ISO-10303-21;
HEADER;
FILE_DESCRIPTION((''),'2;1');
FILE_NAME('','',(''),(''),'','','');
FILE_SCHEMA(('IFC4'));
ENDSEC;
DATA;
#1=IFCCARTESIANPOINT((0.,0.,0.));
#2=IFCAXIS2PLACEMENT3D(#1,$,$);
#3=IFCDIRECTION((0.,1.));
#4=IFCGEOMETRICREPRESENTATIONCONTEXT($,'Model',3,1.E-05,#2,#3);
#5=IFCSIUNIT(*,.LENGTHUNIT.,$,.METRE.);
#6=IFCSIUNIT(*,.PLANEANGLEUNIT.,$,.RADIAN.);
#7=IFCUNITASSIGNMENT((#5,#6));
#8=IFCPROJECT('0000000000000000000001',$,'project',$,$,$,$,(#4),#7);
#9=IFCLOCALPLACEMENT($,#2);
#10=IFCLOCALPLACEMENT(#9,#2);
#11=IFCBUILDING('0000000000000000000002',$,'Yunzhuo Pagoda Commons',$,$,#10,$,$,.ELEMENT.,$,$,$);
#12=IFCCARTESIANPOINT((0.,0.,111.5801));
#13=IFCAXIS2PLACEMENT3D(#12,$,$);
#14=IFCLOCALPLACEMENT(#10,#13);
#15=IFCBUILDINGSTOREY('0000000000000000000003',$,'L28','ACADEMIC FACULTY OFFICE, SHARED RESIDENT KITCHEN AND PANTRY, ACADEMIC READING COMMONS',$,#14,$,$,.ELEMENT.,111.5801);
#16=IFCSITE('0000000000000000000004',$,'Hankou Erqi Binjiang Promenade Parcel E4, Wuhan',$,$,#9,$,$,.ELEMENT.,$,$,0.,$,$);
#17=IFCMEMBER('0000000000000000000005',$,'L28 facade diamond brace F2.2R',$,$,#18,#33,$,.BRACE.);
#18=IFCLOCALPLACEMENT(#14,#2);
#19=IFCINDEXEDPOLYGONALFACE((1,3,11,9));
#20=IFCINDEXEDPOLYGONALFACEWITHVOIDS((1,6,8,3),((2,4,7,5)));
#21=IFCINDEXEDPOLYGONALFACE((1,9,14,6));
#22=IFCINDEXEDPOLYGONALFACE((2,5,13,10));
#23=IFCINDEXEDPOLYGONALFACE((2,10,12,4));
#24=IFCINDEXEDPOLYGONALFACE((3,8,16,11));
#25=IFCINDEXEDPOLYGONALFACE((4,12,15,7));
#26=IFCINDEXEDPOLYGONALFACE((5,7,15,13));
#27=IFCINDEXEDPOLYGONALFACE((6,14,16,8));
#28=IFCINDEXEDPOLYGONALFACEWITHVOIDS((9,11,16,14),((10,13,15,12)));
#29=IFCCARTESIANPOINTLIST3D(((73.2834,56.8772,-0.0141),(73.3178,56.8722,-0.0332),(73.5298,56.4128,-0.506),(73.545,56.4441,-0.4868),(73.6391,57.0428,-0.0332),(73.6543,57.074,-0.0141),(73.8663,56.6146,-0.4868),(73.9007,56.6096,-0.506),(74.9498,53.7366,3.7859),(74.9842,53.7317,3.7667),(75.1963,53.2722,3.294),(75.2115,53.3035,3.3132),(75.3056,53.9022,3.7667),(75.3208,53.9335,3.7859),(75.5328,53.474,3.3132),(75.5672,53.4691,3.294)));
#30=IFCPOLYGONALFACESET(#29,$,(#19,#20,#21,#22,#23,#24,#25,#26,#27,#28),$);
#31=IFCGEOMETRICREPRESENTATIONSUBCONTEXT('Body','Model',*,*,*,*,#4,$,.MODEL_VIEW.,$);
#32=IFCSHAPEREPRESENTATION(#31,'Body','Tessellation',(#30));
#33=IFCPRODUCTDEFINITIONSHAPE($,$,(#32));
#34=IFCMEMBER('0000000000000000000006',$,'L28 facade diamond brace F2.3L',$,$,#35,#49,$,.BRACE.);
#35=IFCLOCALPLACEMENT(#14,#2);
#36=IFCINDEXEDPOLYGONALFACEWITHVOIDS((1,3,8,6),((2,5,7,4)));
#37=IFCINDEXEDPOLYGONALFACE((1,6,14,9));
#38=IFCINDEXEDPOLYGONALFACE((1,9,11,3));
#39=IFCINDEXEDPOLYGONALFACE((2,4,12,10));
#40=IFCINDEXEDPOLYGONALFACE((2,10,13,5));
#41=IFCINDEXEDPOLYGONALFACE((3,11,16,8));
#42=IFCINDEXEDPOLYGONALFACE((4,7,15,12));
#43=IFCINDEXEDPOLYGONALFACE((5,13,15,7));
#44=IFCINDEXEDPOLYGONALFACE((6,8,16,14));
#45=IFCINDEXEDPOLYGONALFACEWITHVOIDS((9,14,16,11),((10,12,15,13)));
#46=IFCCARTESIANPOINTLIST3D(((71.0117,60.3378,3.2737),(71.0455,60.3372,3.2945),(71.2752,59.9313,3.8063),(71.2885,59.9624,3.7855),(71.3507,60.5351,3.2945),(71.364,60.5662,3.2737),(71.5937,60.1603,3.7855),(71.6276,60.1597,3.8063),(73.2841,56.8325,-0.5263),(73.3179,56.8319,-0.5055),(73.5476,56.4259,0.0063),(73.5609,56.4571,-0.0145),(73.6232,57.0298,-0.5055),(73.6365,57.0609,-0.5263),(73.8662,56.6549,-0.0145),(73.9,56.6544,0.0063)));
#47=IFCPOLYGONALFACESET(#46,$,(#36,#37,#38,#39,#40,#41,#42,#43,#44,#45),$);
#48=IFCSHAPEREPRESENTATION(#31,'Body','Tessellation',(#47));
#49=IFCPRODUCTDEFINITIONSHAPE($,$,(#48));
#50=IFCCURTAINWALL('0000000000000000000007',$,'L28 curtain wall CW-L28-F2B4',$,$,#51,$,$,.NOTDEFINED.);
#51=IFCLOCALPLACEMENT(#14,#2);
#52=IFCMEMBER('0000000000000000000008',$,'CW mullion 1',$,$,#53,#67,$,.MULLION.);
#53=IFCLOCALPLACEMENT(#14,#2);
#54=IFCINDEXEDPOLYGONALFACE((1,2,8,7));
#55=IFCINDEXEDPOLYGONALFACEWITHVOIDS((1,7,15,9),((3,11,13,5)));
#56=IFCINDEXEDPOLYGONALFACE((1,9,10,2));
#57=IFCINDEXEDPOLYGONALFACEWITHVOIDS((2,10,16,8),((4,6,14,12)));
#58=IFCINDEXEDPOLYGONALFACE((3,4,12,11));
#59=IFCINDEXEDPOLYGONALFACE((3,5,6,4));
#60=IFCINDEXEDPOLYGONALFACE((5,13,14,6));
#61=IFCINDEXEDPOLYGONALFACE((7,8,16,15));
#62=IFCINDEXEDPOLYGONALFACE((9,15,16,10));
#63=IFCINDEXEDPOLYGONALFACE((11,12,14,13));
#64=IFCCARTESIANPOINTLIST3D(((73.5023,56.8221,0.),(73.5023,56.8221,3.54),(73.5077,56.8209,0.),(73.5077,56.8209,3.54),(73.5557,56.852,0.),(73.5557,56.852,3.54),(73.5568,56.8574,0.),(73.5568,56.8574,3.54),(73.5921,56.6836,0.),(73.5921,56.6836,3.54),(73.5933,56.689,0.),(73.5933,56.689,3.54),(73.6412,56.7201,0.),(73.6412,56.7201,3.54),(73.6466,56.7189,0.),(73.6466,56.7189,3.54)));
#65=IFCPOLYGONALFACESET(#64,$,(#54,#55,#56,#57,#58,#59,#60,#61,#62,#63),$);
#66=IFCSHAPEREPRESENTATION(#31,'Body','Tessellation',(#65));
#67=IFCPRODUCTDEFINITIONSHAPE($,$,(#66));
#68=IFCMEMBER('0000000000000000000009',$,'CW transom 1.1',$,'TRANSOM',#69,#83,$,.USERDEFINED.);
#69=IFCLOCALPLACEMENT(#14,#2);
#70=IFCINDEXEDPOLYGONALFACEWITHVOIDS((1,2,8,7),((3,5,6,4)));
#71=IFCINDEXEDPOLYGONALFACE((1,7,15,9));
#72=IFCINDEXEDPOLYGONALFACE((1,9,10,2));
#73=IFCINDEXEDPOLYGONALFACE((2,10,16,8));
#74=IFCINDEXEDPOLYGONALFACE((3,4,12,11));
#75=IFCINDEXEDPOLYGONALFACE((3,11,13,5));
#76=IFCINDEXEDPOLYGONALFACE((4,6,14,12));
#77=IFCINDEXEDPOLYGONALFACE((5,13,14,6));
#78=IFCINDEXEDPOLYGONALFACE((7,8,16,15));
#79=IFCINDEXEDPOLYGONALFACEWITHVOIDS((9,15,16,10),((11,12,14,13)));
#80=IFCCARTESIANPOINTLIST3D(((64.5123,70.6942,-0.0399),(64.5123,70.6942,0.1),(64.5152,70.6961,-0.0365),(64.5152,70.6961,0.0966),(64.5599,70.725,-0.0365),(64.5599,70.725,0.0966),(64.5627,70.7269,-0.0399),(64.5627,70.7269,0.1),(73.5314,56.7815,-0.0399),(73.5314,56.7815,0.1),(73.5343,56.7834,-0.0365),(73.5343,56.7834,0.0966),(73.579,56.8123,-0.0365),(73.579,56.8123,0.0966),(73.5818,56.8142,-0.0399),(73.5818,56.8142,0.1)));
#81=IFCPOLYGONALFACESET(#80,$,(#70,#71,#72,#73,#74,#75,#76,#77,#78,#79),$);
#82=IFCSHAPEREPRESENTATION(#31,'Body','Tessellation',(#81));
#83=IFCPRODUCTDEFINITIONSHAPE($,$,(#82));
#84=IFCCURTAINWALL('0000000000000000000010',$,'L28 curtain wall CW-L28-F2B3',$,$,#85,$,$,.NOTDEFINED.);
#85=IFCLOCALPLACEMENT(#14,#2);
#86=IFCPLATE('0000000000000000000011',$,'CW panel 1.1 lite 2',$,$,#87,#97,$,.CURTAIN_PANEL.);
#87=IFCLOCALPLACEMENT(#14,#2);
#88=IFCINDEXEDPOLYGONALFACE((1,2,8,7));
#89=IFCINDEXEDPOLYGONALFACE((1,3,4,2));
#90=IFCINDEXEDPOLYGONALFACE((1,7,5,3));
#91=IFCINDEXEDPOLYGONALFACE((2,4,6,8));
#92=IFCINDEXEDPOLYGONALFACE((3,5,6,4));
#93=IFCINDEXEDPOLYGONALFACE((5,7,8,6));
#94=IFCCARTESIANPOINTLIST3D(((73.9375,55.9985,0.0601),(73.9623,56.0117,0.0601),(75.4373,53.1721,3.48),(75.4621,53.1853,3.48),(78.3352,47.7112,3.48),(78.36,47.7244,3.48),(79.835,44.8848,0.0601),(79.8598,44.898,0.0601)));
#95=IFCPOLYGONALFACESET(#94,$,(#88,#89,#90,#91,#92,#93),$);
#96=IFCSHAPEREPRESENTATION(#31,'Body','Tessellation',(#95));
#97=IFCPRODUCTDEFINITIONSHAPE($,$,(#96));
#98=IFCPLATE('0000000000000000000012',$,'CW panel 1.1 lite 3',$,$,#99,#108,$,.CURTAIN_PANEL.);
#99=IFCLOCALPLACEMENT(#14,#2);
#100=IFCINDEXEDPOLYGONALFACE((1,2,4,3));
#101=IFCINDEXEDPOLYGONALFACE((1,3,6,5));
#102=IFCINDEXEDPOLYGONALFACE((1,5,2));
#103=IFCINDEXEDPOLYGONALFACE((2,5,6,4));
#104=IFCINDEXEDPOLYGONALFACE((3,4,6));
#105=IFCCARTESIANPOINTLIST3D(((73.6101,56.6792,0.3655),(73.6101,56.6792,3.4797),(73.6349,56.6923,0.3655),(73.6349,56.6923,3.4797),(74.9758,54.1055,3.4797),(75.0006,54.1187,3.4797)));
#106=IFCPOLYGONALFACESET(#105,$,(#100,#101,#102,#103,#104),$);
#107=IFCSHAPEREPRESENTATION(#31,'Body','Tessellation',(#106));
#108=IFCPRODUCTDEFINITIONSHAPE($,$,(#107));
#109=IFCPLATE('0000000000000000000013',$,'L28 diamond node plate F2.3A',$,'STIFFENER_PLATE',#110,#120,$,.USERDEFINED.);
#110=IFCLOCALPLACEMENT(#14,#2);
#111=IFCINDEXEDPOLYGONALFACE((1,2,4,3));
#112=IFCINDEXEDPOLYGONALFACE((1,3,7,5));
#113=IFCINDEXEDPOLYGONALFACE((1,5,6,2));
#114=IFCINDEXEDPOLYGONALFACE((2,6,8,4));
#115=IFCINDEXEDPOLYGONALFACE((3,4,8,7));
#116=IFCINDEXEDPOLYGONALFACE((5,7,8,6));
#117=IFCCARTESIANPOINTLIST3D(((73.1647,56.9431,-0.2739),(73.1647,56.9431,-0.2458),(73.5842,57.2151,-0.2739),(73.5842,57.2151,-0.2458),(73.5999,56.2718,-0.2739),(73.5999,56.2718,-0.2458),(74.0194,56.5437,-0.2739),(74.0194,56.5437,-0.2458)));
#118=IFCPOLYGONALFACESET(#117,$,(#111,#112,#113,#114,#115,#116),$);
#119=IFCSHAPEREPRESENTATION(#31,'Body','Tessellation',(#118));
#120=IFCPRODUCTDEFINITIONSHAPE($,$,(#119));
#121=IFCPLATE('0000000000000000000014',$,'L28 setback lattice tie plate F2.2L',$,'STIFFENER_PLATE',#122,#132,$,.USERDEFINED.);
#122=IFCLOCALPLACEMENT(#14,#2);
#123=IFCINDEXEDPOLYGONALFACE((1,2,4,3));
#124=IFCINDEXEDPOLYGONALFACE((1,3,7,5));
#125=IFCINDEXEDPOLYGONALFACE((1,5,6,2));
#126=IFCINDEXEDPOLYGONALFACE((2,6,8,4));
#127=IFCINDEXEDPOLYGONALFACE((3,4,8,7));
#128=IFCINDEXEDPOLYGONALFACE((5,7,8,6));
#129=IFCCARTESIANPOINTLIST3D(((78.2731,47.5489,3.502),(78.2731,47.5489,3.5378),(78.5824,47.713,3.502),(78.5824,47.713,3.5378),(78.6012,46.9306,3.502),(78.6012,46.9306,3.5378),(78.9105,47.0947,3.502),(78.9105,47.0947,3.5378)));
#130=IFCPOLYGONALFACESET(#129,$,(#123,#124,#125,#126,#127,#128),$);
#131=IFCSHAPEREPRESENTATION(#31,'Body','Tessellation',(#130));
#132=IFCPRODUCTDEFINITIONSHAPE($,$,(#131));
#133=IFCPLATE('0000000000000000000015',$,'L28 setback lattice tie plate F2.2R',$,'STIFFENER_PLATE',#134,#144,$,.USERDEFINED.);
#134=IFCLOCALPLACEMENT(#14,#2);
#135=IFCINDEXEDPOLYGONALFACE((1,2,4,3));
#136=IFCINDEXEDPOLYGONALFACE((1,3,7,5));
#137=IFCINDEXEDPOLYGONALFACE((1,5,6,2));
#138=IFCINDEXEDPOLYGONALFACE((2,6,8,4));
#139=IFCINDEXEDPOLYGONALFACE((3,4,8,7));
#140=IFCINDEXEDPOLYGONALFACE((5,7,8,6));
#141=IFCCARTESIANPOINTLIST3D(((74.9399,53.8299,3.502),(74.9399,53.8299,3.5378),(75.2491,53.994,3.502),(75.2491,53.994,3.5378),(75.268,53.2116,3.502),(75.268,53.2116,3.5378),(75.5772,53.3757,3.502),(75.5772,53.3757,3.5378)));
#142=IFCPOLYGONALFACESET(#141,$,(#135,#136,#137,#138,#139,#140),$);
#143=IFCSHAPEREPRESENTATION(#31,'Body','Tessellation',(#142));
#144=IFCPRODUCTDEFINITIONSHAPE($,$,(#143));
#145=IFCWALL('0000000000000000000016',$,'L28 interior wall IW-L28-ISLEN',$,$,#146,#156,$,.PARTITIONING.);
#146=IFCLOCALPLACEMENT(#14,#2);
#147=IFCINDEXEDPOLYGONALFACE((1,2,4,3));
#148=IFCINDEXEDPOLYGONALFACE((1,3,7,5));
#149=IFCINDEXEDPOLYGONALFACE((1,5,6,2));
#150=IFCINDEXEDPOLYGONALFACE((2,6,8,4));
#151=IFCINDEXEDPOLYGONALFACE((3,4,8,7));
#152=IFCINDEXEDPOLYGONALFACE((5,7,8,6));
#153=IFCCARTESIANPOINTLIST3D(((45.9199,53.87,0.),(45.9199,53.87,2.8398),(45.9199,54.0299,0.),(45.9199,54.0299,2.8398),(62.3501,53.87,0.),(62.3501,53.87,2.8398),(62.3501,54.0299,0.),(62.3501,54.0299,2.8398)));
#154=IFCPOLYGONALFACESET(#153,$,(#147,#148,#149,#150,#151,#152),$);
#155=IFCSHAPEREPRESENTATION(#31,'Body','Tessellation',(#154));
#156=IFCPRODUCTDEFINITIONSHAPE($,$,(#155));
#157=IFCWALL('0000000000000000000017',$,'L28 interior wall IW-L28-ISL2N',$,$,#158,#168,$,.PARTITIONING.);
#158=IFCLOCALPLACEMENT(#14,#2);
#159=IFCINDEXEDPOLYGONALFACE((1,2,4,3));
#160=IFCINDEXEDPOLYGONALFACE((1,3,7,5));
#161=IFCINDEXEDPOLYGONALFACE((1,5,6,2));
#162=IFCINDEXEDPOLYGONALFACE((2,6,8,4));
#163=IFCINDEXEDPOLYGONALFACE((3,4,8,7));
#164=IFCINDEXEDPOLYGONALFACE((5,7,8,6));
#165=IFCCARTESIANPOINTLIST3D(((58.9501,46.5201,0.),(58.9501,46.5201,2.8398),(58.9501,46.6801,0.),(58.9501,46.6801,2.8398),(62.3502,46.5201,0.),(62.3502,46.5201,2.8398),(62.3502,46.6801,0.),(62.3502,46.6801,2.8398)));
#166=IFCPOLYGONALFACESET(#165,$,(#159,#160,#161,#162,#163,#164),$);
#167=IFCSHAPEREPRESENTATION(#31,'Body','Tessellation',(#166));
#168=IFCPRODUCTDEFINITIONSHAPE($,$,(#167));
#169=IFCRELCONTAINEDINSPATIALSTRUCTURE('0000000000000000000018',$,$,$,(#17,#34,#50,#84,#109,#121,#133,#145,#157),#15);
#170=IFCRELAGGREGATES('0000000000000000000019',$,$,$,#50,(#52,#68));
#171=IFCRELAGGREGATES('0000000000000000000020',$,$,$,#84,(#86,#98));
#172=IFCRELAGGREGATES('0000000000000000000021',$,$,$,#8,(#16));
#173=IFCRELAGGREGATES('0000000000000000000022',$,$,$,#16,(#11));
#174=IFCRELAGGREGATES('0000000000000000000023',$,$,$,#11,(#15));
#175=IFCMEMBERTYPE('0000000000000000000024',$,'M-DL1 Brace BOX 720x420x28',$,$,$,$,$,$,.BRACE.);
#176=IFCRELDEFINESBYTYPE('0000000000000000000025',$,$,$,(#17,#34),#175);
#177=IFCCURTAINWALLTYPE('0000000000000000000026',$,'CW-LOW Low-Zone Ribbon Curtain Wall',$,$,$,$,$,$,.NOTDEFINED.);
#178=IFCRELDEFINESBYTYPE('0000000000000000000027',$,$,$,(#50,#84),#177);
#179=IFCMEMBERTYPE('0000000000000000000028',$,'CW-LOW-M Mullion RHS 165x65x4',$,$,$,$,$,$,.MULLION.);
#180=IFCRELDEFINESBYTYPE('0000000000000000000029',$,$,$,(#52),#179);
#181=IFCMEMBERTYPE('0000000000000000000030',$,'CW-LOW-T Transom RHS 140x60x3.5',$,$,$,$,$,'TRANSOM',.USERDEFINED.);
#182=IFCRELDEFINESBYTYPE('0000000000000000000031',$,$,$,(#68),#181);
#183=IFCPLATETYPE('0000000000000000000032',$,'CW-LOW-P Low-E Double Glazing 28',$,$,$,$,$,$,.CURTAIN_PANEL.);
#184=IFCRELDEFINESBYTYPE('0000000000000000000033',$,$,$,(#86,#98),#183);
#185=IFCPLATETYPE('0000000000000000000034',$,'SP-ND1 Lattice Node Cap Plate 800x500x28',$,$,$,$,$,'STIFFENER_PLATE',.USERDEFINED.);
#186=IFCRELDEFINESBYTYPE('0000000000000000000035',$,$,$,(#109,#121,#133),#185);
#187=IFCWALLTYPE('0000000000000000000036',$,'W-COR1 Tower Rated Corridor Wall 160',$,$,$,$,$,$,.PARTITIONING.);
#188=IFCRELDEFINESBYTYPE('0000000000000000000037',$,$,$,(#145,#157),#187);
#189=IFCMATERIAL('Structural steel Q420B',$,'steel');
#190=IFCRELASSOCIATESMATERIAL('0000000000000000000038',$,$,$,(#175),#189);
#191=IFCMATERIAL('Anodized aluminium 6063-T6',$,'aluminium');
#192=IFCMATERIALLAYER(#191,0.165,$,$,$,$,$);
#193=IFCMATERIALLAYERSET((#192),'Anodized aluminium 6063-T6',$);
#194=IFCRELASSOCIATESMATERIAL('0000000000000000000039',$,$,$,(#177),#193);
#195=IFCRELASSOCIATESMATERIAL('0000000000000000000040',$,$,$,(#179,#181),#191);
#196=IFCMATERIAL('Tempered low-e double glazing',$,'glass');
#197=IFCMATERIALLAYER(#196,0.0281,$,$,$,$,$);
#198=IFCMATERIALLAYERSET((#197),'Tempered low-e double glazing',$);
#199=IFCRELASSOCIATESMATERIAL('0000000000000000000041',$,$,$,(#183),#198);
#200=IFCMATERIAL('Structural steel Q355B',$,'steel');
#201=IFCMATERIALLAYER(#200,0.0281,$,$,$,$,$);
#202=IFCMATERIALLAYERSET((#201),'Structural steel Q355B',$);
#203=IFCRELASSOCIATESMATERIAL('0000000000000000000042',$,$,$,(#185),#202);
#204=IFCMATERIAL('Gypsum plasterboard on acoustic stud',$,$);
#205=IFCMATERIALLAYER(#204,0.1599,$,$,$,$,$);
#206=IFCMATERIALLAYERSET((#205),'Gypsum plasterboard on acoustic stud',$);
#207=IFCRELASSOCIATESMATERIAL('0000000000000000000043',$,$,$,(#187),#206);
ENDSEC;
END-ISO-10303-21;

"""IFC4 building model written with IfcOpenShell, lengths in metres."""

from ifc_helpers import new_model, si_unit, direction, frame, frame_2d, origin, origin_2d, place, context, subcontext, project, spatial, polyline, rectangle, hollow_rectangle, outline, extrude, source, transform, mapped, material, layer, layer_set, material_profile, profile_set, type_object, element, aggregate, save


model = new_model("IFC4")

# Units and contexts
model_context = context("Model", 3, precision=1e-05, world=origin(), true_north=direction((0.0, 1.0)))
body_context = subcontext(model_context, "Body", "Model", "MODEL_VIEW")
ifc_project = project(units=[si_unit("LENGTHUNIT", "METRE"), si_unit("PLANEANGLEUNIT", "RADIAN")], contexts=[model_context])

# Site, building, storey
site_placement = place(None, origin())
site = spatial("IfcSite", under=ifc_project, at=site_placement, Name="Hankou Erqi Binjiang Promenade Parcel E4, Wuhan", CompositionType="ELEMENT", RefElevation=0.0)
building_placement = place(site_placement, origin())
building = spatial("IfcBuilding", under=site, at=building_placement, Name="Yunzhuo Pagoda Commons", CompositionType="ELEMENT")
storey_placement = place(building_placement, frame((0.0, 0.0, 111.5801)))
storey = spatial("IfcBuildingStorey", under=building, at=storey_placement, Name="L28", Description="ACADEMIC FACULTY OFFICE, SHARED RESIDENT KITCHEN AND PANTRY, ACADEMIC READING COMMONS", CompositionType="ELEMENT", Elevation=111.5801)

# Shared definitions
ifc_material_1 = material(Name="Structural steel Q420B", Category="steel")

# Shared definitions
ifc_material_2 = material(Name="Structural steel Q355B", Category="steel")

# Members
ifc_material_profile_1 = material_profile(ifc_material_1, hollow_rectangle(XDim=0.4199, YDim=0.72, WallThickness=0.0281, at=origin_2d()), Name="Structural steel Q420B")
ifc_profile_set_1 = profile_set([ifc_material_profile_1], Name="Structural steel Q420B")
member_type_1 = type_object("IfcMemberType", Name="M-DL1 Brace BOX 720x420x28", PredefinedType="BRACE", material=ifc_profile_set_1)
shared_shape_1 = source(origin(), body_context, "Body", "SweptSolid", [
    extrude(hollow_rectangle(XDim=0.4199, YDim=0.72, WallThickness=0.0281, at=origin_2d()), origin(), (0.0, 0.0, 1.0), 5.2039),
])
member_1_placement = place(storey_placement, frame((73.592, 56.7434, -0.26), z_axis=(0.320238, -0.603508, 0.730223), x_axis=(0.883343, 0.468727, 0.0)))
element("IfcMember", 1, at=member_1_placement, inside=storey, type_object=member_type_1, Name="L28 facade diamond brace F2.2R", PredefinedType="BRACE", context=body_context, shape_type="MappedRepresentation", body=[
    mapped(shared_shape_1, transform((0.0, 0.0, 0.0), scale=1.0)),
])
shared_shape_2 = source(origin(), body_context, "Body", "SweptSolid", [
    extrude(hollow_rectangle(XDim=0.4199, YDim=0.72, WallThickness=0.0281, at=origin_2d()), origin(), (0.0, 0.0, 1.0), 5.6472),
])
member_2_placement = place(storey_placement, frame((73.592, 56.7434, -0.26), z_axis=(-0.402397, 0.620716, 0.672896), x_axis=(-0.839103, -0.543973, 0.0)))
element("IfcMember", 2, at=member_2_placement, inside=storey, type_object=member_type_1, Name="L28 facade diamond brace F2.3L", PredefinedType="BRACE", context=body_context, shape_type="MappedRepresentation", body=[
    mapped(shared_shape_2, transform((0.0, 0.0, 0.0), scale=1.0)),
])

# Curtain wall, members
ifc_material_3 = material(Name="Anodized aluminium 6063-T6", Category="aluminium")
ifc_layer_1 = layer(ifc_material_3, 0.165)
ifc_layer_set_1 = layer_set([ifc_layer_1], Name="Anodized aluminium 6063-T6")
curtain_wall_type = type_object("IfcCurtainWallType", Name="CW-LOW Low-Zone Ribbon Curtain Wall", PredefinedType="NOTDEFINED", material=ifc_layer_set_1)
curtain_wall_1_placement = place(storey_placement, origin())
curtain_wall_1 = element("IfcCurtainWall", 3, at=curtain_wall_1_placement, inside=storey, type_object=curtain_wall_type, Name="L28 curtain wall CW-L28-F2B4", PredefinedType="NOTDEFINED")
ifc_material_profile_2 = material_profile(ifc_material_3, hollow_rectangle(XDim=0.0649, YDim=0.165, WallThickness=0.0039, at=origin_2d()), Name="Anodized aluminium 6063-T6")
ifc_profile_set_2 = profile_set([ifc_material_profile_2], Name="Anodized aluminium 6063-T6")
member_type_2 = type_object("IfcMemberType", Name="CW-LOW-M Mullion RHS 165x65x4", PredefinedType="MULLION", material=ifc_profile_set_2)
shared_shape_3 = source(origin(), body_context, "Body", "SweptSolid", [
    extrude(hollow_rectangle(XDim=0.0649, YDim=0.165, WallThickness=0.0039, at=origin_2d()), origin(), (0.0, 0.0, 1.0), 3.54),
])
member_3_placement = place(storey_placement, frame((73.5745, 56.7705, 0.0), z_axis=(0.0, 0.0, 1.0), x_axis=(-0.839106, -0.543968, 0.0)))
member_3 = element("IfcMember", 4, at=member_3_placement, type_object=member_type_2, Name="CW mullion 1", PredefinedType="MULLION", context=body_context, shape_type="MappedRepresentation", body=[
    mapped(shared_shape_3, transform((0.0, 0.0, 0.0), scale=1.0)),
])
ifc_material_profile_3 = material_profile(ifc_material_3, hollow_rectangle(XDim=0.0601, YDim=0.1399, WallThickness=0.0034, at=origin_2d()), Name="Anodized aluminium 6063-T6")
ifc_profile_set_3 = profile_set([ifc_material_profile_3], Name="Anodized aluminium 6063-T6")
member_type_3 = type_object("IfcMemberType", Name="CW-LOW-T Transom RHS 140x60x3.5", ElementType="TRANSOM", PredefinedType="USERDEFINED", material=ifc_profile_set_3)
shared_shape_4 = source(origin(), body_context, "Body", "SweptSolid", [
    extrude(hollow_rectangle(XDim=0.0601, YDim=0.1399, WallThickness=0.0034, at=origin_2d()), origin(), (0.0, 0.0, 1.0), 16.5803),
])
member_4_placement = place(storey_placement, frame((73.5566, 56.7979, 0.03), z_axis=(-0.543964, 0.839108, 0.0), x_axis=(-0.839108, -0.543964, 0.0)))
member_4 = element("IfcMember", 5, at=member_4_placement, type_object=member_type_3, Name="CW transom 1.1", ObjectType="TRANSOM", PredefinedType="USERDEFINED", context=body_context, shape_type="MappedRepresentation", body=[
    mapped(shared_shape_4, transform((0.0, 0.0, 0.0), scale=1.0)),
])
aggregate(curtain_wall_1, [member_3, member_4])

# Curtain wall, plates
curtain_wall_2_placement = place(storey_placement, origin())
curtain_wall_2 = element("IfcCurtainWall", 6, at=curtain_wall_2_placement, inside=storey, type_object=curtain_wall_type, Name="L28 curtain wall CW-L28-F2B3", PredefinedType="NOTDEFINED")
ifc_material_4 = material(Name="Tempered low-e double glazing", Category="glass")
ifc_layer_2 = layer(ifc_material_4, 0.0281)
ifc_layer_set_2 = layer_set([ifc_layer_2], Name="Tempered low-e double glazing")
plate_type_1 = type_object("IfcPlateType", Name="CW-LOW-P Low-E Double Glazing 28", PredefinedType="CURTAIN_PANEL", material=ifc_layer_set_2)
plate_1_placement = place(storey_placement, frame((76.8862, 50.4417, 1.77), z_axis=(0.883333, 0.468746, 0.0), x_axis=(-0.468746, 0.883333, 0.0)))
plate_1 = element("IfcPlate", 7, at=plate_1_placement, type_object=plate_type_1, Name="CW panel 1.1 lite 2", PredefinedType="CURTAIN_PANEL", context=body_context, shape_type="SweptSolid", body=[
    extrude(outline(polyline([(-6.2908, -1.71), (6.2908, -1.71), (3.0911, 1.71), (-3.0911, 1.71), (-6.2908, -1.71)])), origin(), (0.0, 0.0, 1.0), 0.0281),
])
plate_2_placement = place(storey_placement, frame((74.293, 55.3923, 1.9226), z_axis=(0.883333, 0.468746, 0.0), x_axis=(-0.468746, 0.883333, 0.0)))
plate_2 = element("IfcPlate", 8, at=plate_2_placement, type_object=plate_type_1, Name="CW panel 1.1 lite 3", PredefinedType="CURTAIN_PANEL", context=body_context, shape_type="SweptSolid", body=[
    extrude(outline(polyline([(-1.4568, 1.5571), (1.4568, -1.5571), (1.4568, 1.5571), (-1.4568, 1.5571)])), origin(), (0.0, 0.0, 1.0), 0.0281),
])
aggregate(curtain_wall_2, [plate_1, plate_2])

# Plates
ifc_layer_3 = layer(ifc_material_2, 0.0281)
ifc_layer_set_3 = layer_set([ifc_layer_3], Name="Structural steel Q355B")
plate_type_2 = type_object("IfcPlateType", Name="SP-ND1 Lattice Node Cap Plate 800x500x28", ElementType="STIFFENER_PLATE", PredefinedType="USERDEFINED", material=ifc_layer_set_3)
shared_shape_5 = source(origin(), body_context, "Body", "SweptSolid", [
    extrude(rectangle(XDim=0.8, YDim=0.5, at=origin_2d()), origin(), (0.0, 0.0, 1.0), 0.0281),
])
plate_3_placement = place(storey_placement, frame((73.592, 56.7434, -0.2739), z_axis=(0.0, 0.0, 1.0), x_axis=(-0.543966, 0.839108, 0.0)))
element("IfcPlate", 9, at=plate_3_placement, inside=storey, type_object=plate_type_2, Name="L28 diamond node plate F2.3A", ObjectType="STIFFENER_PLATE", PredefinedType="USERDEFINED", context=body_context, shape_type="MappedRepresentation", body=[
    mapped(shared_shape_5, transform((0.0, 0.0, 0.0), scale=1.0)),
])
shared_shape_6 = source(origin(), body_context, "Body", "SweptSolid", [
    extrude(rectangle(XDim=0.7, YDim=0.3501, at=origin_2d()), origin(), (0.0, 0.0, 1.0), 0.0359),
])
for number, where, z_axis, x_axis, name in (
    (10, (78.5918, 47.3218, 3.502), (0.0, 0.0, 1.0), (-0.468747, 0.883332, 0.0), "L28 setback lattice tie plate F2.2L"),
    (11, (75.2585, 53.6028, 3.502), (0.0, 0.0, 1.0), (-0.468747, 0.883332, 0.0), "L28 setback lattice tie plate F2.2R"),
):
    element("IfcPlate", number, at=place(storey_placement, frame(where, z_axis=z_axis, x_axis=x_axis)), inside=storey, type_object=plate_type_2, Name=name, ObjectType="STIFFENER_PLATE", PredefinedType="USERDEFINED", context=body_context, shape_type="MappedRepresentation", body=[
        mapped(shared_shape_6, transform((0.0, 0.0, 0.0), scale=1.0)),
    ])

# Walls
ifc_material_5 = material(Name="Gypsum plasterboard on acoustic stud")
ifc_layer_4 = layer(ifc_material_5, 0.1599)
ifc_layer_set_4 = layer_set([ifc_layer_4], Name="Gypsum plasterboard on acoustic stud")
wall_type_1 = type_object("IfcWallType", Name="W-COR1 Tower Rated Corridor Wall 160", PredefinedType="PARTITIONING", material=ifc_layer_set_4)
wall_1_placement = place(storey_placement, frame((45.9199, 53.95, 0.0), z_axis=(0.0, 0.0, 1.0), x_axis=(1.0, 0.0, 0.0)))
element("IfcWall", 12, at=wall_1_placement, inside=storey, type_object=wall_type_1, Name="L28 interior wall IW-L28-ISLEN", PredefinedType="PARTITIONING", context=body_context, shape_type="SweptSolid", body=[
    extrude(rectangle(XDim=16.4302, YDim=0.1599, at=frame_2d((8.2151, 0.0))), origin(), (0.0, 0.0, 1.0), 2.8398),
])
wall_2_placement = place(storey_placement, frame((58.95, 46.6001, 0.0), z_axis=(0.0, 0.0, 1.0), x_axis=(1.0, 0.0, 0.0)))
element("IfcWall", 13, at=wall_2_placement, inside=storey, type_object=wall_type_1, Name="L28 interior wall IW-L28-ISL2N", PredefinedType="PARTITIONING", context=body_context, shape_type="SweptSolid", body=[
    extrude(rectangle(XDim=3.4001, YDim=0.1599, at=frame_2d((1.7002, 0.0))), origin(), (0.0, 0.0, 1.0), 2.8398),
])

save(model, "model.ifc")
